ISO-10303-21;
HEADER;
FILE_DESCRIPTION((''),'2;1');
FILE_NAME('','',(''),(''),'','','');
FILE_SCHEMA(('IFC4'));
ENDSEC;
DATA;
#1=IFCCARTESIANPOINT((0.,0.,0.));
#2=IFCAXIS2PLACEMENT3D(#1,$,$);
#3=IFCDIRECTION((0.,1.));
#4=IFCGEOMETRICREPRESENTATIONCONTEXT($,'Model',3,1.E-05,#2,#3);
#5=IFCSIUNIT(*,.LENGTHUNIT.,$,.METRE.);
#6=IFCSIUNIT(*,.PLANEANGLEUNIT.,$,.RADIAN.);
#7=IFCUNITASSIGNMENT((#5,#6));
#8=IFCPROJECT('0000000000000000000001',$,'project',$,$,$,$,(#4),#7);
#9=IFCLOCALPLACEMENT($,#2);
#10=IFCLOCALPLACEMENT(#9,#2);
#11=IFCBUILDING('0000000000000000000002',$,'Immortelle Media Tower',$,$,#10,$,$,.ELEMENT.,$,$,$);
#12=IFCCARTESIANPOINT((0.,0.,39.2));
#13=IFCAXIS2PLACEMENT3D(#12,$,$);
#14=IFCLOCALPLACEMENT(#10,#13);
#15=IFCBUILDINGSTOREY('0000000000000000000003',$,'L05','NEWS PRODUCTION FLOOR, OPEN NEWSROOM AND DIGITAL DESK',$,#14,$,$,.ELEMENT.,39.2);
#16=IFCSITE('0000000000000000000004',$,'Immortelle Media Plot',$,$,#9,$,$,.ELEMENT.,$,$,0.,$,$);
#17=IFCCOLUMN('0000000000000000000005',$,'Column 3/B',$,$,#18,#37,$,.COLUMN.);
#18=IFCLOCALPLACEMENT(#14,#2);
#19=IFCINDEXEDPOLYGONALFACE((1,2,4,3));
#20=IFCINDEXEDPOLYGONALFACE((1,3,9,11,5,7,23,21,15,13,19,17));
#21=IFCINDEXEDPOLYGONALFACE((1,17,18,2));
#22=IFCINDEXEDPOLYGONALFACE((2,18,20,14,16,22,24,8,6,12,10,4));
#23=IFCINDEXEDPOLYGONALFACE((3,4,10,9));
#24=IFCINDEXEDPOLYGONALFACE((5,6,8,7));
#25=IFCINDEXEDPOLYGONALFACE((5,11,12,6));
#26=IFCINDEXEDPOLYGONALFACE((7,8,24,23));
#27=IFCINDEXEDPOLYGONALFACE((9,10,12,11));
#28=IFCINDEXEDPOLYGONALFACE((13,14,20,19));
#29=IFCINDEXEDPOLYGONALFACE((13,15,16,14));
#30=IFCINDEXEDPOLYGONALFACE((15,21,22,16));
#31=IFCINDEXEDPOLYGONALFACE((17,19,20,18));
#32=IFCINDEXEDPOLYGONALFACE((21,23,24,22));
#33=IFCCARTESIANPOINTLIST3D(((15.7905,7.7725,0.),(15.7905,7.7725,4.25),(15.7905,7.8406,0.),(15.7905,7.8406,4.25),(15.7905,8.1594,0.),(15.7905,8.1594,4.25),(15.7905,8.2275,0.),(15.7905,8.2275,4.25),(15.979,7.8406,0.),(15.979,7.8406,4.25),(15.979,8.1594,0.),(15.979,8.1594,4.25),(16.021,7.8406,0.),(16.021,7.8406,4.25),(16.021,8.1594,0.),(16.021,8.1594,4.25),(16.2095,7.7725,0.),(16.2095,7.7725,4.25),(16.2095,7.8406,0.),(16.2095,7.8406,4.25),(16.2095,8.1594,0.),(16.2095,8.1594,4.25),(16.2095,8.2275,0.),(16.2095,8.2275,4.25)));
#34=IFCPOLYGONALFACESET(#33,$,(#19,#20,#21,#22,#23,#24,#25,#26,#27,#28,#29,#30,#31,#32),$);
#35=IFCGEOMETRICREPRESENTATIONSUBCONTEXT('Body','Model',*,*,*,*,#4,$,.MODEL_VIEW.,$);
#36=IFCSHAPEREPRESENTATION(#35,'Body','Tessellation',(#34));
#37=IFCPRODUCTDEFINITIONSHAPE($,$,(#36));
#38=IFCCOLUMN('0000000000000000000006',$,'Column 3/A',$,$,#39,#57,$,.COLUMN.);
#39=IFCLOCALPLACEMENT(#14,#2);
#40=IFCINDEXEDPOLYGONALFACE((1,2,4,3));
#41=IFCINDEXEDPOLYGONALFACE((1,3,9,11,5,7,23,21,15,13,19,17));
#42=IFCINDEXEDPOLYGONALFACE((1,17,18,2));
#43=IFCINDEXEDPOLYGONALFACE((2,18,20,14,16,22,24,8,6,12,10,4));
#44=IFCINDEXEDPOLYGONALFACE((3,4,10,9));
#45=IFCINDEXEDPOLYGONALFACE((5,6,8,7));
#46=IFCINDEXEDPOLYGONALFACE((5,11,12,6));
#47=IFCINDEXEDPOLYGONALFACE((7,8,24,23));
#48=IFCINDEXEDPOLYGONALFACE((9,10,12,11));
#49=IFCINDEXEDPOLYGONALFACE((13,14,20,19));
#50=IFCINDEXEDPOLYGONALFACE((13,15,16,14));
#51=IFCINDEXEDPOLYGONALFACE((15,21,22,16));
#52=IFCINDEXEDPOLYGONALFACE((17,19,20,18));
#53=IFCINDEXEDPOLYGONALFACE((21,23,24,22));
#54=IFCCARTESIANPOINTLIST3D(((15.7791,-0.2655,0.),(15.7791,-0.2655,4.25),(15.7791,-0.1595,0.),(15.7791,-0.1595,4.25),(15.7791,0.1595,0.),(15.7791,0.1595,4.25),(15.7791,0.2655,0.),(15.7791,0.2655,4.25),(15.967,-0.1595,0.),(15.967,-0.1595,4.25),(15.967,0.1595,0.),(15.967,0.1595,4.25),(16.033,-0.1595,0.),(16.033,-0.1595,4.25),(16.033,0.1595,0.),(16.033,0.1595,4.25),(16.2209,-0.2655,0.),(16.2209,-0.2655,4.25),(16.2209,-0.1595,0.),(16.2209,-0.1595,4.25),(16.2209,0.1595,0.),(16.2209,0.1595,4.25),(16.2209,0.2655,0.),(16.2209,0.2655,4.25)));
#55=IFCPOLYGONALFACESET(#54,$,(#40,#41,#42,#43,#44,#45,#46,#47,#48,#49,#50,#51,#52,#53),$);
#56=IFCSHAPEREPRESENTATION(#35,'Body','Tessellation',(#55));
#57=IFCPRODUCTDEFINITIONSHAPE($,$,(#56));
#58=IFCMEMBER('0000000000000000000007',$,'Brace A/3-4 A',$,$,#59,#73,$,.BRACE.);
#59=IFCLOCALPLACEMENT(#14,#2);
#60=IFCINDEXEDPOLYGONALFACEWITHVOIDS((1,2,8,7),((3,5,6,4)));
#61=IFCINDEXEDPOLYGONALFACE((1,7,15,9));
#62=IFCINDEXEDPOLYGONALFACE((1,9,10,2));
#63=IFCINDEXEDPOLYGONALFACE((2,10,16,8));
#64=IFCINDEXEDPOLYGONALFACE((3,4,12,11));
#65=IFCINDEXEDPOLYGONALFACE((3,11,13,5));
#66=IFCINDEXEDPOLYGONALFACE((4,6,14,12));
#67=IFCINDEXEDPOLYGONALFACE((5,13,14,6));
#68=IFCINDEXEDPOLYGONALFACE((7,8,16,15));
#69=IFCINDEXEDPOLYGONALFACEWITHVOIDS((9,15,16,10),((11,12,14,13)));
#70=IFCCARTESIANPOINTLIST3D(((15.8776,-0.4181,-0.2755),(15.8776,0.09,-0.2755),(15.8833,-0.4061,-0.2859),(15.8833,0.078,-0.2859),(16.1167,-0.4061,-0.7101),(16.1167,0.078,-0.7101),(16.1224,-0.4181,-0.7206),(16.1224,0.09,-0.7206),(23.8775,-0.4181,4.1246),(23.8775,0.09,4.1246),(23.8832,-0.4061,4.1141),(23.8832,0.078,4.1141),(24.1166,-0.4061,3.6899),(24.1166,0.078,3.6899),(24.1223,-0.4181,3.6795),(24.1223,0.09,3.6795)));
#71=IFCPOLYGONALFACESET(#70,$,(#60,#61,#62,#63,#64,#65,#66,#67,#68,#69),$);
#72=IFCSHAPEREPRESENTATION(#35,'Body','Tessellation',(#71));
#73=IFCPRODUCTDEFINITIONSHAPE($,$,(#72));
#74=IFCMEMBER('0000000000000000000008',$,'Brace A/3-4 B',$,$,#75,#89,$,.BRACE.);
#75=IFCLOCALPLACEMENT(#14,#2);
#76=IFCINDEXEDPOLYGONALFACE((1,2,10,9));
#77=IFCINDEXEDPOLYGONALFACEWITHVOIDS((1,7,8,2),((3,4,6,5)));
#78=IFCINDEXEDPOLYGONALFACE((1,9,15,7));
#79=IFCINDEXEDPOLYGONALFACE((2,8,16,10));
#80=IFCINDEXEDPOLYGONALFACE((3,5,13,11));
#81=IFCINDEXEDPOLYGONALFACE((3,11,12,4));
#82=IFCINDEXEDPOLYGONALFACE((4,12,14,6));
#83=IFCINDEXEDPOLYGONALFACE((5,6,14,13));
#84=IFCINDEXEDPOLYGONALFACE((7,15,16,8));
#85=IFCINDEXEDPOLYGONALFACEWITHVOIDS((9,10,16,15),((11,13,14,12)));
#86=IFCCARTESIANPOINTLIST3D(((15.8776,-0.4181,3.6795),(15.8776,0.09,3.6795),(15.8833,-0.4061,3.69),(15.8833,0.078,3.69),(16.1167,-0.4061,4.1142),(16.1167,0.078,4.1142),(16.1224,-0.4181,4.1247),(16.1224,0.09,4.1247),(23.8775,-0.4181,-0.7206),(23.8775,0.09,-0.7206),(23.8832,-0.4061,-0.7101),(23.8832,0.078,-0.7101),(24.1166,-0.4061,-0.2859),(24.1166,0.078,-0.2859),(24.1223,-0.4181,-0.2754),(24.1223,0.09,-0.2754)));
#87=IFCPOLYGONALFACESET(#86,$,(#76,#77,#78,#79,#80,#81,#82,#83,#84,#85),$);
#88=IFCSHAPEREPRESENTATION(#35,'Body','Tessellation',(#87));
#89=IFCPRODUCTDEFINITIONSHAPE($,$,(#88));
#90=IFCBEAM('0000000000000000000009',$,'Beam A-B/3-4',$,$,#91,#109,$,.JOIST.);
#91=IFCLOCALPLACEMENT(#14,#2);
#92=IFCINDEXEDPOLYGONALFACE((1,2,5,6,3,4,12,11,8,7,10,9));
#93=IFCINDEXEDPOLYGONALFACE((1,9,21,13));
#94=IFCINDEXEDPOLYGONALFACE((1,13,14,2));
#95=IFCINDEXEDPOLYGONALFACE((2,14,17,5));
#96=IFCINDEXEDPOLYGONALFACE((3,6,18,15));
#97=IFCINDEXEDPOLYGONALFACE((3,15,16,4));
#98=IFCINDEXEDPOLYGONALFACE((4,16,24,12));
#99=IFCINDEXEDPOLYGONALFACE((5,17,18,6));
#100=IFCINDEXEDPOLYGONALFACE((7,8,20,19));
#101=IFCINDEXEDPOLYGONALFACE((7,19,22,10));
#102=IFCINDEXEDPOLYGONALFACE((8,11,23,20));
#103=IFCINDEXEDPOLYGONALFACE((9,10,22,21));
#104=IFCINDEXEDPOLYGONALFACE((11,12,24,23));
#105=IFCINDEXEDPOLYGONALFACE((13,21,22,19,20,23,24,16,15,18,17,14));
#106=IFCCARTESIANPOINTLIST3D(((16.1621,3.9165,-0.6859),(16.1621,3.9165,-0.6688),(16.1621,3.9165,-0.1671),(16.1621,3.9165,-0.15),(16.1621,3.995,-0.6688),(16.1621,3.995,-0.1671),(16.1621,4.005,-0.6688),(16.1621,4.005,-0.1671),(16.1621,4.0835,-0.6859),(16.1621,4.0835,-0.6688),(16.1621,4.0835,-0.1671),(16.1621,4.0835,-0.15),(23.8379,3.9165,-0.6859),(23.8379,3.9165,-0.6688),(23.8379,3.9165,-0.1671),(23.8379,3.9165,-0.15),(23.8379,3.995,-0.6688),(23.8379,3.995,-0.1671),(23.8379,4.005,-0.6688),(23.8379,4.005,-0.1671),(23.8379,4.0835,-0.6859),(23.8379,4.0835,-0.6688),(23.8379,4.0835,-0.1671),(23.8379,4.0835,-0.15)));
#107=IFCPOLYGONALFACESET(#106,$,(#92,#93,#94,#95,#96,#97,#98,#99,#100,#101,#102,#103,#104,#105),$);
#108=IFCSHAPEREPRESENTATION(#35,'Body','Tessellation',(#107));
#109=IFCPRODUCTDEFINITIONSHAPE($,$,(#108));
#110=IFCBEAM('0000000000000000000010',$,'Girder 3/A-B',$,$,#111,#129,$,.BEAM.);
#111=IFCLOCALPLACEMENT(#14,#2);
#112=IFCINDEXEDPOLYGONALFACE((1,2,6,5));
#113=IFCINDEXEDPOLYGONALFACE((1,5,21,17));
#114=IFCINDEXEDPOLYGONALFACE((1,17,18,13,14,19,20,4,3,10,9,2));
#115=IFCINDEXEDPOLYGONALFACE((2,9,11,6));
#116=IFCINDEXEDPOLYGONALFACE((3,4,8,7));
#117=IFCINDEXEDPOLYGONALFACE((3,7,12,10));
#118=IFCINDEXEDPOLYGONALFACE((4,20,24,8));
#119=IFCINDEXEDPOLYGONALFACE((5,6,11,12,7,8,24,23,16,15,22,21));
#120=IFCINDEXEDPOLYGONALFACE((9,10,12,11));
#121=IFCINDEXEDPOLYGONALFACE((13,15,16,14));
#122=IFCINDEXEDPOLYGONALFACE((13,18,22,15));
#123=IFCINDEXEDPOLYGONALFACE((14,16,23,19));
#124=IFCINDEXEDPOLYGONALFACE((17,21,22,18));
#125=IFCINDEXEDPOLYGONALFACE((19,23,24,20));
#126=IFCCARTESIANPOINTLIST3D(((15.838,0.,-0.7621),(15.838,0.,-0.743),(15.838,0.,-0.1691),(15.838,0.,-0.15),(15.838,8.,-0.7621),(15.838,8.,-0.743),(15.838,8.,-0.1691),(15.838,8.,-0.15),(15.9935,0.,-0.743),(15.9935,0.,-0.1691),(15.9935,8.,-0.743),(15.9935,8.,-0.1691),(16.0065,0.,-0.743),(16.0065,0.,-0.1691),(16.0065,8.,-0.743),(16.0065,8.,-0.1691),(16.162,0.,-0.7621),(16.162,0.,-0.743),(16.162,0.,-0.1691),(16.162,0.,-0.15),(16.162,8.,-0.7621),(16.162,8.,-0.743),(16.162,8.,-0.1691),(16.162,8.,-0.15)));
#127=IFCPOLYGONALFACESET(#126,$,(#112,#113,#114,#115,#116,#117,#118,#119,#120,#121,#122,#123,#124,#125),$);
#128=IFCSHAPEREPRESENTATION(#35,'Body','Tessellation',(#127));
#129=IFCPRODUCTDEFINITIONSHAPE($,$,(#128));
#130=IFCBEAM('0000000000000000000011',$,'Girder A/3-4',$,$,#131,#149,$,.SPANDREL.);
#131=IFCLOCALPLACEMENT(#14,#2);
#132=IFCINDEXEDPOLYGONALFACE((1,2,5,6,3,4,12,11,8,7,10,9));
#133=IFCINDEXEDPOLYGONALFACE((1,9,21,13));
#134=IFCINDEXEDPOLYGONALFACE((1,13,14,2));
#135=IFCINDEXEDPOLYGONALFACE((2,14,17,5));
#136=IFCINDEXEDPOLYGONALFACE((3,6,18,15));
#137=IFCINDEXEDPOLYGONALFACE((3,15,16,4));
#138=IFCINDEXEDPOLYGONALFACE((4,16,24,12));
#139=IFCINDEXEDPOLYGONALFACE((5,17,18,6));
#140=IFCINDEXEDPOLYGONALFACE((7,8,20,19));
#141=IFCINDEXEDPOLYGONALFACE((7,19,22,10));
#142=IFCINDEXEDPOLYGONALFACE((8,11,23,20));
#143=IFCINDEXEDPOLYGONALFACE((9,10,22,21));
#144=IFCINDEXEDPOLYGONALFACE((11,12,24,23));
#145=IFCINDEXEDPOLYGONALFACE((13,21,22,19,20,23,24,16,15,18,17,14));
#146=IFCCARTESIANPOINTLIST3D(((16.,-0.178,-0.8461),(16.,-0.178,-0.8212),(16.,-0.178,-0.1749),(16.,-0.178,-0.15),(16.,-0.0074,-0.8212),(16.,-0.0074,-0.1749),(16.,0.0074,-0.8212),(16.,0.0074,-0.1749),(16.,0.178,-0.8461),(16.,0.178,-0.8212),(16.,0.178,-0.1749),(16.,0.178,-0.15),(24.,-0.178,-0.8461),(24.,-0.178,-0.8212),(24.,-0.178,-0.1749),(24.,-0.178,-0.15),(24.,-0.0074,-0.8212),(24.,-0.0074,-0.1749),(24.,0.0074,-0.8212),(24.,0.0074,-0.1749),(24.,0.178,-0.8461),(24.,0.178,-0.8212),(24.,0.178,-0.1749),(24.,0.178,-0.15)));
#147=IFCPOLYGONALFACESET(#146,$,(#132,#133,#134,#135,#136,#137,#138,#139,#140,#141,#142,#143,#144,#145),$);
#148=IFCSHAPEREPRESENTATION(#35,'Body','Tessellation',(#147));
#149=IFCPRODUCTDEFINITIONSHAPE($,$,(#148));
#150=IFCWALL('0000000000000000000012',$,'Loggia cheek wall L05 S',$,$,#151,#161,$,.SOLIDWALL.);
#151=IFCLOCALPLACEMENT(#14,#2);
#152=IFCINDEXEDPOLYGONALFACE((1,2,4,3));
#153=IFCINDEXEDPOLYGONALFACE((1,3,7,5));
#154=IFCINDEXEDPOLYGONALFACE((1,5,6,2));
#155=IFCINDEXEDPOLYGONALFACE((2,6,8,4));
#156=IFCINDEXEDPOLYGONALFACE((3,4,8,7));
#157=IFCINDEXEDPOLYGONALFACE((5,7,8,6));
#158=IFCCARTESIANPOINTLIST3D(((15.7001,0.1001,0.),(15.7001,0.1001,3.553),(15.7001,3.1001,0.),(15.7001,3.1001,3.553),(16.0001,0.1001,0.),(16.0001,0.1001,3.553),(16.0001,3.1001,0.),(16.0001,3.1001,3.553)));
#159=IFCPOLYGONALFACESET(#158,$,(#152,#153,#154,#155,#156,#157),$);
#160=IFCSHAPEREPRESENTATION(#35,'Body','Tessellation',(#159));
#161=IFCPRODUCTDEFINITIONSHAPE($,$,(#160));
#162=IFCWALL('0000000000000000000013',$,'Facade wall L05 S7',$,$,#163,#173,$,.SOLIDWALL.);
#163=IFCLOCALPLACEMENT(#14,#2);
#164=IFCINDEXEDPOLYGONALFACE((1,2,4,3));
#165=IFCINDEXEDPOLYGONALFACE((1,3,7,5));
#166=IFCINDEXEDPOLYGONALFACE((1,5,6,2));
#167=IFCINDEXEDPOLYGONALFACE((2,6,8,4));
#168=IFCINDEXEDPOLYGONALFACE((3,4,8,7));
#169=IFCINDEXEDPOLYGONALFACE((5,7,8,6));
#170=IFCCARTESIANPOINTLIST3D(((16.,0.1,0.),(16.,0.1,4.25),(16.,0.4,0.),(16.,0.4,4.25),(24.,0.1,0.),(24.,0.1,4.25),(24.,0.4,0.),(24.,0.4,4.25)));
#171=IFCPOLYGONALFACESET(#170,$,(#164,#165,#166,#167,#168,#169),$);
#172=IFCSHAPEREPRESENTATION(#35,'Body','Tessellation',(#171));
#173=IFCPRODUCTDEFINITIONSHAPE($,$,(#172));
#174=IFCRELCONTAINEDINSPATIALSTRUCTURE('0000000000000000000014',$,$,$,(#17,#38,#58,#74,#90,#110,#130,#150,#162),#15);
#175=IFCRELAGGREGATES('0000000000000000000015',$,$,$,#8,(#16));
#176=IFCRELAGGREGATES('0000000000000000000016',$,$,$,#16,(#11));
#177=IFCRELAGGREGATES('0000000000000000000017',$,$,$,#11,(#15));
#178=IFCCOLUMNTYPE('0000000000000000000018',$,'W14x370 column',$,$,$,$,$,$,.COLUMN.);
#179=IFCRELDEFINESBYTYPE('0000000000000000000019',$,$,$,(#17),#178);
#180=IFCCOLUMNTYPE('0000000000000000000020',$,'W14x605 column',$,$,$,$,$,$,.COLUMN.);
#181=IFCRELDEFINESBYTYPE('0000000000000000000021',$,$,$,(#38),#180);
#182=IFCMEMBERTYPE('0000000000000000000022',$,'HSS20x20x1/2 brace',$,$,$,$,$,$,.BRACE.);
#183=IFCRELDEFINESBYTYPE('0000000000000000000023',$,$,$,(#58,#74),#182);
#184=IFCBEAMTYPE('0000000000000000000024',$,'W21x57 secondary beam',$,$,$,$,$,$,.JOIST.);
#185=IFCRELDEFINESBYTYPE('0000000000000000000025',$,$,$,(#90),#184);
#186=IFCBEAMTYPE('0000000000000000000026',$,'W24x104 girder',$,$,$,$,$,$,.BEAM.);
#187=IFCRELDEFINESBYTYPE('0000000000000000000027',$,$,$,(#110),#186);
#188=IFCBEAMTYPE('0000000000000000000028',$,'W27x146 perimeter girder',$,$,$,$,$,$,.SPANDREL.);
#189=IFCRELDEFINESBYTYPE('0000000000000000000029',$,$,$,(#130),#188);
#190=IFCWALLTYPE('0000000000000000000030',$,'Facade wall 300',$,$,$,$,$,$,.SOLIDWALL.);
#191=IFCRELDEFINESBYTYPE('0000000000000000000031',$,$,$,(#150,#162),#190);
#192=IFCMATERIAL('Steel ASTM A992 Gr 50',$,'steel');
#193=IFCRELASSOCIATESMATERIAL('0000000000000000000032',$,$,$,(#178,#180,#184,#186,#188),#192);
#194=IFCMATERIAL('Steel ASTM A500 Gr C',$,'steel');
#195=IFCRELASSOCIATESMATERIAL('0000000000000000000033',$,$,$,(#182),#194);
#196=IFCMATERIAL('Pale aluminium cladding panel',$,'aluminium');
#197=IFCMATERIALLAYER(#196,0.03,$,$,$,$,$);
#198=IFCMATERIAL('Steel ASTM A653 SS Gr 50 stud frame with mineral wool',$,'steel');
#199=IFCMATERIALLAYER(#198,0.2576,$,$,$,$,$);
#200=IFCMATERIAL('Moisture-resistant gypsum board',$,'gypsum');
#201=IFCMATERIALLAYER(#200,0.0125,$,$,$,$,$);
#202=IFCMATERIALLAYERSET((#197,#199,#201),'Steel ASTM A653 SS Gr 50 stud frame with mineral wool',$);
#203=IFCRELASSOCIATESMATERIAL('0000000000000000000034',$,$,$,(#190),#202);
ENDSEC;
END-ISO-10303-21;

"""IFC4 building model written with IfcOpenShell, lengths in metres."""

from ifc_helpers import new_model, si_unit, direction, frame, frame_2d, origin, origin_2d, place, context, subcontext, project, spatial, rectangle, hollow_rectangle, i_section, extrude, material, layer, layer_set, material_profile, profile_set, type_object, element, save


model = new_model("IFC4")

# Units and contexts
model_context = context("Model", 3, precision=1e-05, world=origin(), true_north=direction((0.0, 1.0)))
body_context = subcontext(model_context, "Body", "Model", "MODEL_VIEW")
ifc_project = project(units=[si_unit("LENGTHUNIT", "METRE"), si_unit("PLANEANGLEUNIT", "RADIAN")], contexts=[model_context])

# Site, building, storey
site_placement = place(None, origin())
site = spatial("IfcSite", under=ifc_project, at=site_placement, Name="Immortelle Media Plot", CompositionType="ELEMENT", RefElevation=0.0)
building_placement = place(site_placement, origin())
building = spatial("IfcBuilding", under=site, at=building_placement, Name="Immortelle Media Tower", CompositionType="ELEMENT")
storey_placement = place(building_placement, frame((0.0, 0.0, 39.2)))
storey = spatial("IfcBuildingStorey", under=building, at=storey_placement, Name="L05", Description="NEWS PRODUCTION FLOOR, OPEN NEWSROOM AND DIGITAL DESK", CompositionType="ELEMENT", Elevation=39.2)

# Columns
ifc_material_1 = material(Name="Steel ASTM A992 Gr 50", Category="steel")
ifc_material_profile_1 = material_profile(ifc_material_1, i_section(OverallWidth=0.4189, OverallDepth=0.4551, WebThickness=0.042, FlangeThickness=0.0681, at=origin_2d()), Name="W14x370")
ifc_profile_set_1 = profile_set([ifc_material_profile_1], Name="Steel ASTM A992 Gr 50")
column_type_1 = type_object("IfcColumnType", Name="W14x370 column", PredefinedType="COLUMN", material=ifc_profile_set_1)
column_1_placement = place(storey_placement, frame((16.0, 8.0, 0.0), z_axis=(0.0, 0.0, 1.0), x_axis=(1.0, 0.0, 0.0)))
element("IfcColumn", 1, at=column_1_placement, inside=storey, type_object=column_type_1, Name="Column 3/B", PredefinedType="COLUMN", context=body_context, shape_type="SweptSolid", body=[
    extrude(i_section(OverallWidth=0.4189, OverallDepth=0.4551, WebThickness=0.042, FlangeThickness=0.0681, at=origin_2d()), origin(), (0.0, 0.0, 1.0), 4.25),
])
ifc_material_profile_2 = material_profile(ifc_material_1, i_section(OverallWidth=0.4419, OverallDepth=0.531, WebThickness=0.0659, FlangeThickness=0.106, at=origin_2d()), Name="W14x605")
ifc_profile_set_2 = profile_set([ifc_material_profile_2], Name="Steel ASTM A992 Gr 50")
column_type_2 = type_object("IfcColumnType", Name="W14x605 column", PredefinedType="COLUMN", material=ifc_profile_set_2)
column_2_placement = place(storey_placement, frame((16.0, 0.0, 0.0), z_axis=(0.0, 0.0, 1.0), x_axis=(1.0, 0.0, 0.0)))
element("IfcColumn", 2, at=column_2_placement, inside=storey, type_object=column_type_2, Name="Column 3/A", PredefinedType="COLUMN", context=body_context, shape_type="SweptSolid", body=[
    extrude(i_section(OverallWidth=0.4419, OverallDepth=0.531, WebThickness=0.0659, FlangeThickness=0.106, at=origin_2d()), origin(), (0.0, 0.0, 1.0), 4.25),
])

# Members
ifc_material_2 = material(Name="Steel ASTM A500 Gr C", Category="steel")
ifc_material_profile_3 = material_profile(ifc_material_2, hollow_rectangle(XDim=0.5081, YDim=0.5081, WallThickness=0.012, at=origin_2d()), Name="HSS20x20x1/2 brace")
ifc_profile_set_3 = profile_set([ifc_material_profile_3], Name="Steel ASTM A500 Gr C")
member_type = type_object("IfcMemberType", Name="HSS20x20x1/2 brace", PredefinedType="BRACE", material=ifc_profile_set_3)
for number, where, z_axis, x_axis, name in (
    (3, (16.0, -0.1641, -0.498), (0.876209, 0.0, 0.481931), (0.0, 1.0, 0.0), "Brace A/3-4 A"),
    (4, (16.0, -0.1641, 3.9021), (0.876209, 0.0, -0.481931), (0.0, 1.0, 0.0), "Brace A/3-4 B"),
):
    element("IfcMember", number, at=place(storey_placement, frame(where, z_axis=z_axis, x_axis=x_axis)), inside=storey, type_object=member_type, Name=name, PredefinedType="BRACE", context=body_context, shape_type="SweptSolid", body=[
        extrude(hollow_rectangle(XDim=0.5081, YDim=0.5081, WallThickness=0.012, at=origin_2d()), origin(), (0.0, 0.0, 1.0), 9.1301),
    ])

# Beams
ifc_material_profile_4 = material_profile(ifc_material_1, i_section(OverallWidth=0.167, OverallDepth=0.5359, WebThickness=0.01, FlangeThickness=0.0171, at=origin_2d()), Name="W21x57")
ifc_profile_set_4 = profile_set([ifc_material_profile_4], Name="Steel ASTM A992 Gr 50")
beam_type_1 = type_object("IfcBeamType", Name="W21x57 secondary beam", PredefinedType="JOIST", material=ifc_profile_set_4)
beam_1_placement = place(storey_placement, frame((16.1621, 4.0, -0.418), z_axis=(1.0, 0.0, 0.0), x_axis=(0.0, 1.0, 0.0)))
element("IfcBeam", 5, at=beam_1_placement, inside=storey, type_object=beam_type_1, Name="Beam A-B/3-4", PredefinedType="JOIST", context=body_context, shape_type="SweptSolid", body=[
    extrude(i_section(OverallWidth=0.167, OverallDepth=0.5359, WebThickness=0.01, FlangeThickness=0.0171, at=origin_2d()), origin(), (0.0, 0.0, 1.0), 7.6758),
])
ifc_material_profile_5 = material_profile(ifc_material_1, i_section(OverallWidth=0.324, OverallDepth=0.6121, WebThickness=0.0129, FlangeThickness=0.019, at=origin_2d()), Name="W24x104")
ifc_profile_set_5 = profile_set([ifc_material_profile_5], Name="Steel ASTM A992 Gr 50")
beam_type_2 = type_object("IfcBeamType", Name="W24x104 girder", PredefinedType="BEAM", material=ifc_profile_set_5)
beam_2_placement = place(storey_placement, frame((16.0, 0.0, -0.4561), z_axis=(0.0, 1.0, 0.0), x_axis=(-1.0, 0.0, 0.0)))
element("IfcBeam", 6, at=beam_2_placement, inside=storey, type_object=beam_type_2, Name="Girder 3/A-B", PredefinedType="BEAM", context=body_context, shape_type="SweptSolid", body=[
    extrude(i_section(OverallWidth=0.324, OverallDepth=0.6121, WebThickness=0.0129, FlangeThickness=0.019, at=origin_2d()), origin(), (0.0, 0.0, 1.0), 8.0),
])
ifc_material_profile_6 = material_profile(ifc_material_1, i_section(OverallWidth=0.356, OverallDepth=0.696, WebThickness=0.0149, FlangeThickness=0.0249, at=origin_2d()), Name="W27x146")
ifc_profile_set_6 = profile_set([ifc_material_profile_6], Name="Steel ASTM A992 Gr 50")
beam_type_3 = type_object("IfcBeamType", Name="W27x146 perimeter girder", PredefinedType="SPANDREL", material=ifc_profile_set_6)
beam_3_placement = place(storey_placement, frame((16.0, 0.0, -0.498), z_axis=(1.0, 0.0, 0.0), x_axis=(0.0, 1.0, 0.0)))
element("IfcBeam", 7, at=beam_3_placement, inside=storey, type_object=beam_type_3, Name="Girder A/3-4", PredefinedType="SPANDREL", context=body_context, shape_type="SweptSolid", body=[
    extrude(i_section(OverallWidth=0.356, OverallDepth=0.696, WebThickness=0.0149, FlangeThickness=0.0249, at=origin_2d()), origin(), (0.0, 0.0, 1.0), 8.0),
])

# Walls
ifc_material_3 = material(Name="Pale aluminium cladding panel", Category="aluminium")
ifc_layer_1 = layer(ifc_material_3, 0.03)
ifc_material_4 = material(Name="Steel ASTM A653 SS Gr 50 stud frame with mineral wool", Category="steel")
ifc_layer_2 = layer(ifc_material_4, 0.2576)
ifc_material_5 = material(Name="Moisture-resistant gypsum board", Category="gypsum")
ifc_layer_3 = layer(ifc_material_5, 0.0125)
ifc_layer_set_1 = layer_set([ifc_layer_1, ifc_layer_2, ifc_layer_3], Name="Steel ASTM A653 SS Gr 50 stud frame with mineral wool")
wall_type_1 = type_object("IfcWallType", Name="Facade wall 300", PredefinedType="SOLIDWALL", material=ifc_layer_set_1)
wall_1_placement = place(storey_placement, frame((15.8501, 0.1001, 0.0), z_axis=(0.0, 0.0, 1.0), x_axis=(0.0, 1.0, 0.0)))
element("IfcWall", 8, at=wall_1_placement, inside=storey, type_object=wall_type_1, Name="Loggia cheek wall L05 S", PredefinedType="SOLIDWALL", context=body_context, shape_type="SweptSolid", body=[
    extrude(rectangle(XDim=3.0, YDim=0.3, at=frame_2d((1.5, 0.0))), origin(), (0.0, 0.0, 1.0), 3.553),
])
wall_2_placement = place(storey_placement, frame((16.0, 0.25, 0.0), z_axis=(0.0, 0.0, 1.0), x_axis=(1.0, 0.0, 0.0)))
element("IfcWall", 9, at=wall_2_placement, inside=storey, type_object=wall_type_1, Name="Facade wall L05 S7", PredefinedType="SOLIDWALL", context=body_context, shape_type="SweptSolid", body=[
    extrude(rectangle(XDim=8.0, YDim=0.3, at=frame_2d((4.0, 0.0))), origin(), (0.0, 0.0, 1.0), 4.25),
])

save(model, "model.ifc")
